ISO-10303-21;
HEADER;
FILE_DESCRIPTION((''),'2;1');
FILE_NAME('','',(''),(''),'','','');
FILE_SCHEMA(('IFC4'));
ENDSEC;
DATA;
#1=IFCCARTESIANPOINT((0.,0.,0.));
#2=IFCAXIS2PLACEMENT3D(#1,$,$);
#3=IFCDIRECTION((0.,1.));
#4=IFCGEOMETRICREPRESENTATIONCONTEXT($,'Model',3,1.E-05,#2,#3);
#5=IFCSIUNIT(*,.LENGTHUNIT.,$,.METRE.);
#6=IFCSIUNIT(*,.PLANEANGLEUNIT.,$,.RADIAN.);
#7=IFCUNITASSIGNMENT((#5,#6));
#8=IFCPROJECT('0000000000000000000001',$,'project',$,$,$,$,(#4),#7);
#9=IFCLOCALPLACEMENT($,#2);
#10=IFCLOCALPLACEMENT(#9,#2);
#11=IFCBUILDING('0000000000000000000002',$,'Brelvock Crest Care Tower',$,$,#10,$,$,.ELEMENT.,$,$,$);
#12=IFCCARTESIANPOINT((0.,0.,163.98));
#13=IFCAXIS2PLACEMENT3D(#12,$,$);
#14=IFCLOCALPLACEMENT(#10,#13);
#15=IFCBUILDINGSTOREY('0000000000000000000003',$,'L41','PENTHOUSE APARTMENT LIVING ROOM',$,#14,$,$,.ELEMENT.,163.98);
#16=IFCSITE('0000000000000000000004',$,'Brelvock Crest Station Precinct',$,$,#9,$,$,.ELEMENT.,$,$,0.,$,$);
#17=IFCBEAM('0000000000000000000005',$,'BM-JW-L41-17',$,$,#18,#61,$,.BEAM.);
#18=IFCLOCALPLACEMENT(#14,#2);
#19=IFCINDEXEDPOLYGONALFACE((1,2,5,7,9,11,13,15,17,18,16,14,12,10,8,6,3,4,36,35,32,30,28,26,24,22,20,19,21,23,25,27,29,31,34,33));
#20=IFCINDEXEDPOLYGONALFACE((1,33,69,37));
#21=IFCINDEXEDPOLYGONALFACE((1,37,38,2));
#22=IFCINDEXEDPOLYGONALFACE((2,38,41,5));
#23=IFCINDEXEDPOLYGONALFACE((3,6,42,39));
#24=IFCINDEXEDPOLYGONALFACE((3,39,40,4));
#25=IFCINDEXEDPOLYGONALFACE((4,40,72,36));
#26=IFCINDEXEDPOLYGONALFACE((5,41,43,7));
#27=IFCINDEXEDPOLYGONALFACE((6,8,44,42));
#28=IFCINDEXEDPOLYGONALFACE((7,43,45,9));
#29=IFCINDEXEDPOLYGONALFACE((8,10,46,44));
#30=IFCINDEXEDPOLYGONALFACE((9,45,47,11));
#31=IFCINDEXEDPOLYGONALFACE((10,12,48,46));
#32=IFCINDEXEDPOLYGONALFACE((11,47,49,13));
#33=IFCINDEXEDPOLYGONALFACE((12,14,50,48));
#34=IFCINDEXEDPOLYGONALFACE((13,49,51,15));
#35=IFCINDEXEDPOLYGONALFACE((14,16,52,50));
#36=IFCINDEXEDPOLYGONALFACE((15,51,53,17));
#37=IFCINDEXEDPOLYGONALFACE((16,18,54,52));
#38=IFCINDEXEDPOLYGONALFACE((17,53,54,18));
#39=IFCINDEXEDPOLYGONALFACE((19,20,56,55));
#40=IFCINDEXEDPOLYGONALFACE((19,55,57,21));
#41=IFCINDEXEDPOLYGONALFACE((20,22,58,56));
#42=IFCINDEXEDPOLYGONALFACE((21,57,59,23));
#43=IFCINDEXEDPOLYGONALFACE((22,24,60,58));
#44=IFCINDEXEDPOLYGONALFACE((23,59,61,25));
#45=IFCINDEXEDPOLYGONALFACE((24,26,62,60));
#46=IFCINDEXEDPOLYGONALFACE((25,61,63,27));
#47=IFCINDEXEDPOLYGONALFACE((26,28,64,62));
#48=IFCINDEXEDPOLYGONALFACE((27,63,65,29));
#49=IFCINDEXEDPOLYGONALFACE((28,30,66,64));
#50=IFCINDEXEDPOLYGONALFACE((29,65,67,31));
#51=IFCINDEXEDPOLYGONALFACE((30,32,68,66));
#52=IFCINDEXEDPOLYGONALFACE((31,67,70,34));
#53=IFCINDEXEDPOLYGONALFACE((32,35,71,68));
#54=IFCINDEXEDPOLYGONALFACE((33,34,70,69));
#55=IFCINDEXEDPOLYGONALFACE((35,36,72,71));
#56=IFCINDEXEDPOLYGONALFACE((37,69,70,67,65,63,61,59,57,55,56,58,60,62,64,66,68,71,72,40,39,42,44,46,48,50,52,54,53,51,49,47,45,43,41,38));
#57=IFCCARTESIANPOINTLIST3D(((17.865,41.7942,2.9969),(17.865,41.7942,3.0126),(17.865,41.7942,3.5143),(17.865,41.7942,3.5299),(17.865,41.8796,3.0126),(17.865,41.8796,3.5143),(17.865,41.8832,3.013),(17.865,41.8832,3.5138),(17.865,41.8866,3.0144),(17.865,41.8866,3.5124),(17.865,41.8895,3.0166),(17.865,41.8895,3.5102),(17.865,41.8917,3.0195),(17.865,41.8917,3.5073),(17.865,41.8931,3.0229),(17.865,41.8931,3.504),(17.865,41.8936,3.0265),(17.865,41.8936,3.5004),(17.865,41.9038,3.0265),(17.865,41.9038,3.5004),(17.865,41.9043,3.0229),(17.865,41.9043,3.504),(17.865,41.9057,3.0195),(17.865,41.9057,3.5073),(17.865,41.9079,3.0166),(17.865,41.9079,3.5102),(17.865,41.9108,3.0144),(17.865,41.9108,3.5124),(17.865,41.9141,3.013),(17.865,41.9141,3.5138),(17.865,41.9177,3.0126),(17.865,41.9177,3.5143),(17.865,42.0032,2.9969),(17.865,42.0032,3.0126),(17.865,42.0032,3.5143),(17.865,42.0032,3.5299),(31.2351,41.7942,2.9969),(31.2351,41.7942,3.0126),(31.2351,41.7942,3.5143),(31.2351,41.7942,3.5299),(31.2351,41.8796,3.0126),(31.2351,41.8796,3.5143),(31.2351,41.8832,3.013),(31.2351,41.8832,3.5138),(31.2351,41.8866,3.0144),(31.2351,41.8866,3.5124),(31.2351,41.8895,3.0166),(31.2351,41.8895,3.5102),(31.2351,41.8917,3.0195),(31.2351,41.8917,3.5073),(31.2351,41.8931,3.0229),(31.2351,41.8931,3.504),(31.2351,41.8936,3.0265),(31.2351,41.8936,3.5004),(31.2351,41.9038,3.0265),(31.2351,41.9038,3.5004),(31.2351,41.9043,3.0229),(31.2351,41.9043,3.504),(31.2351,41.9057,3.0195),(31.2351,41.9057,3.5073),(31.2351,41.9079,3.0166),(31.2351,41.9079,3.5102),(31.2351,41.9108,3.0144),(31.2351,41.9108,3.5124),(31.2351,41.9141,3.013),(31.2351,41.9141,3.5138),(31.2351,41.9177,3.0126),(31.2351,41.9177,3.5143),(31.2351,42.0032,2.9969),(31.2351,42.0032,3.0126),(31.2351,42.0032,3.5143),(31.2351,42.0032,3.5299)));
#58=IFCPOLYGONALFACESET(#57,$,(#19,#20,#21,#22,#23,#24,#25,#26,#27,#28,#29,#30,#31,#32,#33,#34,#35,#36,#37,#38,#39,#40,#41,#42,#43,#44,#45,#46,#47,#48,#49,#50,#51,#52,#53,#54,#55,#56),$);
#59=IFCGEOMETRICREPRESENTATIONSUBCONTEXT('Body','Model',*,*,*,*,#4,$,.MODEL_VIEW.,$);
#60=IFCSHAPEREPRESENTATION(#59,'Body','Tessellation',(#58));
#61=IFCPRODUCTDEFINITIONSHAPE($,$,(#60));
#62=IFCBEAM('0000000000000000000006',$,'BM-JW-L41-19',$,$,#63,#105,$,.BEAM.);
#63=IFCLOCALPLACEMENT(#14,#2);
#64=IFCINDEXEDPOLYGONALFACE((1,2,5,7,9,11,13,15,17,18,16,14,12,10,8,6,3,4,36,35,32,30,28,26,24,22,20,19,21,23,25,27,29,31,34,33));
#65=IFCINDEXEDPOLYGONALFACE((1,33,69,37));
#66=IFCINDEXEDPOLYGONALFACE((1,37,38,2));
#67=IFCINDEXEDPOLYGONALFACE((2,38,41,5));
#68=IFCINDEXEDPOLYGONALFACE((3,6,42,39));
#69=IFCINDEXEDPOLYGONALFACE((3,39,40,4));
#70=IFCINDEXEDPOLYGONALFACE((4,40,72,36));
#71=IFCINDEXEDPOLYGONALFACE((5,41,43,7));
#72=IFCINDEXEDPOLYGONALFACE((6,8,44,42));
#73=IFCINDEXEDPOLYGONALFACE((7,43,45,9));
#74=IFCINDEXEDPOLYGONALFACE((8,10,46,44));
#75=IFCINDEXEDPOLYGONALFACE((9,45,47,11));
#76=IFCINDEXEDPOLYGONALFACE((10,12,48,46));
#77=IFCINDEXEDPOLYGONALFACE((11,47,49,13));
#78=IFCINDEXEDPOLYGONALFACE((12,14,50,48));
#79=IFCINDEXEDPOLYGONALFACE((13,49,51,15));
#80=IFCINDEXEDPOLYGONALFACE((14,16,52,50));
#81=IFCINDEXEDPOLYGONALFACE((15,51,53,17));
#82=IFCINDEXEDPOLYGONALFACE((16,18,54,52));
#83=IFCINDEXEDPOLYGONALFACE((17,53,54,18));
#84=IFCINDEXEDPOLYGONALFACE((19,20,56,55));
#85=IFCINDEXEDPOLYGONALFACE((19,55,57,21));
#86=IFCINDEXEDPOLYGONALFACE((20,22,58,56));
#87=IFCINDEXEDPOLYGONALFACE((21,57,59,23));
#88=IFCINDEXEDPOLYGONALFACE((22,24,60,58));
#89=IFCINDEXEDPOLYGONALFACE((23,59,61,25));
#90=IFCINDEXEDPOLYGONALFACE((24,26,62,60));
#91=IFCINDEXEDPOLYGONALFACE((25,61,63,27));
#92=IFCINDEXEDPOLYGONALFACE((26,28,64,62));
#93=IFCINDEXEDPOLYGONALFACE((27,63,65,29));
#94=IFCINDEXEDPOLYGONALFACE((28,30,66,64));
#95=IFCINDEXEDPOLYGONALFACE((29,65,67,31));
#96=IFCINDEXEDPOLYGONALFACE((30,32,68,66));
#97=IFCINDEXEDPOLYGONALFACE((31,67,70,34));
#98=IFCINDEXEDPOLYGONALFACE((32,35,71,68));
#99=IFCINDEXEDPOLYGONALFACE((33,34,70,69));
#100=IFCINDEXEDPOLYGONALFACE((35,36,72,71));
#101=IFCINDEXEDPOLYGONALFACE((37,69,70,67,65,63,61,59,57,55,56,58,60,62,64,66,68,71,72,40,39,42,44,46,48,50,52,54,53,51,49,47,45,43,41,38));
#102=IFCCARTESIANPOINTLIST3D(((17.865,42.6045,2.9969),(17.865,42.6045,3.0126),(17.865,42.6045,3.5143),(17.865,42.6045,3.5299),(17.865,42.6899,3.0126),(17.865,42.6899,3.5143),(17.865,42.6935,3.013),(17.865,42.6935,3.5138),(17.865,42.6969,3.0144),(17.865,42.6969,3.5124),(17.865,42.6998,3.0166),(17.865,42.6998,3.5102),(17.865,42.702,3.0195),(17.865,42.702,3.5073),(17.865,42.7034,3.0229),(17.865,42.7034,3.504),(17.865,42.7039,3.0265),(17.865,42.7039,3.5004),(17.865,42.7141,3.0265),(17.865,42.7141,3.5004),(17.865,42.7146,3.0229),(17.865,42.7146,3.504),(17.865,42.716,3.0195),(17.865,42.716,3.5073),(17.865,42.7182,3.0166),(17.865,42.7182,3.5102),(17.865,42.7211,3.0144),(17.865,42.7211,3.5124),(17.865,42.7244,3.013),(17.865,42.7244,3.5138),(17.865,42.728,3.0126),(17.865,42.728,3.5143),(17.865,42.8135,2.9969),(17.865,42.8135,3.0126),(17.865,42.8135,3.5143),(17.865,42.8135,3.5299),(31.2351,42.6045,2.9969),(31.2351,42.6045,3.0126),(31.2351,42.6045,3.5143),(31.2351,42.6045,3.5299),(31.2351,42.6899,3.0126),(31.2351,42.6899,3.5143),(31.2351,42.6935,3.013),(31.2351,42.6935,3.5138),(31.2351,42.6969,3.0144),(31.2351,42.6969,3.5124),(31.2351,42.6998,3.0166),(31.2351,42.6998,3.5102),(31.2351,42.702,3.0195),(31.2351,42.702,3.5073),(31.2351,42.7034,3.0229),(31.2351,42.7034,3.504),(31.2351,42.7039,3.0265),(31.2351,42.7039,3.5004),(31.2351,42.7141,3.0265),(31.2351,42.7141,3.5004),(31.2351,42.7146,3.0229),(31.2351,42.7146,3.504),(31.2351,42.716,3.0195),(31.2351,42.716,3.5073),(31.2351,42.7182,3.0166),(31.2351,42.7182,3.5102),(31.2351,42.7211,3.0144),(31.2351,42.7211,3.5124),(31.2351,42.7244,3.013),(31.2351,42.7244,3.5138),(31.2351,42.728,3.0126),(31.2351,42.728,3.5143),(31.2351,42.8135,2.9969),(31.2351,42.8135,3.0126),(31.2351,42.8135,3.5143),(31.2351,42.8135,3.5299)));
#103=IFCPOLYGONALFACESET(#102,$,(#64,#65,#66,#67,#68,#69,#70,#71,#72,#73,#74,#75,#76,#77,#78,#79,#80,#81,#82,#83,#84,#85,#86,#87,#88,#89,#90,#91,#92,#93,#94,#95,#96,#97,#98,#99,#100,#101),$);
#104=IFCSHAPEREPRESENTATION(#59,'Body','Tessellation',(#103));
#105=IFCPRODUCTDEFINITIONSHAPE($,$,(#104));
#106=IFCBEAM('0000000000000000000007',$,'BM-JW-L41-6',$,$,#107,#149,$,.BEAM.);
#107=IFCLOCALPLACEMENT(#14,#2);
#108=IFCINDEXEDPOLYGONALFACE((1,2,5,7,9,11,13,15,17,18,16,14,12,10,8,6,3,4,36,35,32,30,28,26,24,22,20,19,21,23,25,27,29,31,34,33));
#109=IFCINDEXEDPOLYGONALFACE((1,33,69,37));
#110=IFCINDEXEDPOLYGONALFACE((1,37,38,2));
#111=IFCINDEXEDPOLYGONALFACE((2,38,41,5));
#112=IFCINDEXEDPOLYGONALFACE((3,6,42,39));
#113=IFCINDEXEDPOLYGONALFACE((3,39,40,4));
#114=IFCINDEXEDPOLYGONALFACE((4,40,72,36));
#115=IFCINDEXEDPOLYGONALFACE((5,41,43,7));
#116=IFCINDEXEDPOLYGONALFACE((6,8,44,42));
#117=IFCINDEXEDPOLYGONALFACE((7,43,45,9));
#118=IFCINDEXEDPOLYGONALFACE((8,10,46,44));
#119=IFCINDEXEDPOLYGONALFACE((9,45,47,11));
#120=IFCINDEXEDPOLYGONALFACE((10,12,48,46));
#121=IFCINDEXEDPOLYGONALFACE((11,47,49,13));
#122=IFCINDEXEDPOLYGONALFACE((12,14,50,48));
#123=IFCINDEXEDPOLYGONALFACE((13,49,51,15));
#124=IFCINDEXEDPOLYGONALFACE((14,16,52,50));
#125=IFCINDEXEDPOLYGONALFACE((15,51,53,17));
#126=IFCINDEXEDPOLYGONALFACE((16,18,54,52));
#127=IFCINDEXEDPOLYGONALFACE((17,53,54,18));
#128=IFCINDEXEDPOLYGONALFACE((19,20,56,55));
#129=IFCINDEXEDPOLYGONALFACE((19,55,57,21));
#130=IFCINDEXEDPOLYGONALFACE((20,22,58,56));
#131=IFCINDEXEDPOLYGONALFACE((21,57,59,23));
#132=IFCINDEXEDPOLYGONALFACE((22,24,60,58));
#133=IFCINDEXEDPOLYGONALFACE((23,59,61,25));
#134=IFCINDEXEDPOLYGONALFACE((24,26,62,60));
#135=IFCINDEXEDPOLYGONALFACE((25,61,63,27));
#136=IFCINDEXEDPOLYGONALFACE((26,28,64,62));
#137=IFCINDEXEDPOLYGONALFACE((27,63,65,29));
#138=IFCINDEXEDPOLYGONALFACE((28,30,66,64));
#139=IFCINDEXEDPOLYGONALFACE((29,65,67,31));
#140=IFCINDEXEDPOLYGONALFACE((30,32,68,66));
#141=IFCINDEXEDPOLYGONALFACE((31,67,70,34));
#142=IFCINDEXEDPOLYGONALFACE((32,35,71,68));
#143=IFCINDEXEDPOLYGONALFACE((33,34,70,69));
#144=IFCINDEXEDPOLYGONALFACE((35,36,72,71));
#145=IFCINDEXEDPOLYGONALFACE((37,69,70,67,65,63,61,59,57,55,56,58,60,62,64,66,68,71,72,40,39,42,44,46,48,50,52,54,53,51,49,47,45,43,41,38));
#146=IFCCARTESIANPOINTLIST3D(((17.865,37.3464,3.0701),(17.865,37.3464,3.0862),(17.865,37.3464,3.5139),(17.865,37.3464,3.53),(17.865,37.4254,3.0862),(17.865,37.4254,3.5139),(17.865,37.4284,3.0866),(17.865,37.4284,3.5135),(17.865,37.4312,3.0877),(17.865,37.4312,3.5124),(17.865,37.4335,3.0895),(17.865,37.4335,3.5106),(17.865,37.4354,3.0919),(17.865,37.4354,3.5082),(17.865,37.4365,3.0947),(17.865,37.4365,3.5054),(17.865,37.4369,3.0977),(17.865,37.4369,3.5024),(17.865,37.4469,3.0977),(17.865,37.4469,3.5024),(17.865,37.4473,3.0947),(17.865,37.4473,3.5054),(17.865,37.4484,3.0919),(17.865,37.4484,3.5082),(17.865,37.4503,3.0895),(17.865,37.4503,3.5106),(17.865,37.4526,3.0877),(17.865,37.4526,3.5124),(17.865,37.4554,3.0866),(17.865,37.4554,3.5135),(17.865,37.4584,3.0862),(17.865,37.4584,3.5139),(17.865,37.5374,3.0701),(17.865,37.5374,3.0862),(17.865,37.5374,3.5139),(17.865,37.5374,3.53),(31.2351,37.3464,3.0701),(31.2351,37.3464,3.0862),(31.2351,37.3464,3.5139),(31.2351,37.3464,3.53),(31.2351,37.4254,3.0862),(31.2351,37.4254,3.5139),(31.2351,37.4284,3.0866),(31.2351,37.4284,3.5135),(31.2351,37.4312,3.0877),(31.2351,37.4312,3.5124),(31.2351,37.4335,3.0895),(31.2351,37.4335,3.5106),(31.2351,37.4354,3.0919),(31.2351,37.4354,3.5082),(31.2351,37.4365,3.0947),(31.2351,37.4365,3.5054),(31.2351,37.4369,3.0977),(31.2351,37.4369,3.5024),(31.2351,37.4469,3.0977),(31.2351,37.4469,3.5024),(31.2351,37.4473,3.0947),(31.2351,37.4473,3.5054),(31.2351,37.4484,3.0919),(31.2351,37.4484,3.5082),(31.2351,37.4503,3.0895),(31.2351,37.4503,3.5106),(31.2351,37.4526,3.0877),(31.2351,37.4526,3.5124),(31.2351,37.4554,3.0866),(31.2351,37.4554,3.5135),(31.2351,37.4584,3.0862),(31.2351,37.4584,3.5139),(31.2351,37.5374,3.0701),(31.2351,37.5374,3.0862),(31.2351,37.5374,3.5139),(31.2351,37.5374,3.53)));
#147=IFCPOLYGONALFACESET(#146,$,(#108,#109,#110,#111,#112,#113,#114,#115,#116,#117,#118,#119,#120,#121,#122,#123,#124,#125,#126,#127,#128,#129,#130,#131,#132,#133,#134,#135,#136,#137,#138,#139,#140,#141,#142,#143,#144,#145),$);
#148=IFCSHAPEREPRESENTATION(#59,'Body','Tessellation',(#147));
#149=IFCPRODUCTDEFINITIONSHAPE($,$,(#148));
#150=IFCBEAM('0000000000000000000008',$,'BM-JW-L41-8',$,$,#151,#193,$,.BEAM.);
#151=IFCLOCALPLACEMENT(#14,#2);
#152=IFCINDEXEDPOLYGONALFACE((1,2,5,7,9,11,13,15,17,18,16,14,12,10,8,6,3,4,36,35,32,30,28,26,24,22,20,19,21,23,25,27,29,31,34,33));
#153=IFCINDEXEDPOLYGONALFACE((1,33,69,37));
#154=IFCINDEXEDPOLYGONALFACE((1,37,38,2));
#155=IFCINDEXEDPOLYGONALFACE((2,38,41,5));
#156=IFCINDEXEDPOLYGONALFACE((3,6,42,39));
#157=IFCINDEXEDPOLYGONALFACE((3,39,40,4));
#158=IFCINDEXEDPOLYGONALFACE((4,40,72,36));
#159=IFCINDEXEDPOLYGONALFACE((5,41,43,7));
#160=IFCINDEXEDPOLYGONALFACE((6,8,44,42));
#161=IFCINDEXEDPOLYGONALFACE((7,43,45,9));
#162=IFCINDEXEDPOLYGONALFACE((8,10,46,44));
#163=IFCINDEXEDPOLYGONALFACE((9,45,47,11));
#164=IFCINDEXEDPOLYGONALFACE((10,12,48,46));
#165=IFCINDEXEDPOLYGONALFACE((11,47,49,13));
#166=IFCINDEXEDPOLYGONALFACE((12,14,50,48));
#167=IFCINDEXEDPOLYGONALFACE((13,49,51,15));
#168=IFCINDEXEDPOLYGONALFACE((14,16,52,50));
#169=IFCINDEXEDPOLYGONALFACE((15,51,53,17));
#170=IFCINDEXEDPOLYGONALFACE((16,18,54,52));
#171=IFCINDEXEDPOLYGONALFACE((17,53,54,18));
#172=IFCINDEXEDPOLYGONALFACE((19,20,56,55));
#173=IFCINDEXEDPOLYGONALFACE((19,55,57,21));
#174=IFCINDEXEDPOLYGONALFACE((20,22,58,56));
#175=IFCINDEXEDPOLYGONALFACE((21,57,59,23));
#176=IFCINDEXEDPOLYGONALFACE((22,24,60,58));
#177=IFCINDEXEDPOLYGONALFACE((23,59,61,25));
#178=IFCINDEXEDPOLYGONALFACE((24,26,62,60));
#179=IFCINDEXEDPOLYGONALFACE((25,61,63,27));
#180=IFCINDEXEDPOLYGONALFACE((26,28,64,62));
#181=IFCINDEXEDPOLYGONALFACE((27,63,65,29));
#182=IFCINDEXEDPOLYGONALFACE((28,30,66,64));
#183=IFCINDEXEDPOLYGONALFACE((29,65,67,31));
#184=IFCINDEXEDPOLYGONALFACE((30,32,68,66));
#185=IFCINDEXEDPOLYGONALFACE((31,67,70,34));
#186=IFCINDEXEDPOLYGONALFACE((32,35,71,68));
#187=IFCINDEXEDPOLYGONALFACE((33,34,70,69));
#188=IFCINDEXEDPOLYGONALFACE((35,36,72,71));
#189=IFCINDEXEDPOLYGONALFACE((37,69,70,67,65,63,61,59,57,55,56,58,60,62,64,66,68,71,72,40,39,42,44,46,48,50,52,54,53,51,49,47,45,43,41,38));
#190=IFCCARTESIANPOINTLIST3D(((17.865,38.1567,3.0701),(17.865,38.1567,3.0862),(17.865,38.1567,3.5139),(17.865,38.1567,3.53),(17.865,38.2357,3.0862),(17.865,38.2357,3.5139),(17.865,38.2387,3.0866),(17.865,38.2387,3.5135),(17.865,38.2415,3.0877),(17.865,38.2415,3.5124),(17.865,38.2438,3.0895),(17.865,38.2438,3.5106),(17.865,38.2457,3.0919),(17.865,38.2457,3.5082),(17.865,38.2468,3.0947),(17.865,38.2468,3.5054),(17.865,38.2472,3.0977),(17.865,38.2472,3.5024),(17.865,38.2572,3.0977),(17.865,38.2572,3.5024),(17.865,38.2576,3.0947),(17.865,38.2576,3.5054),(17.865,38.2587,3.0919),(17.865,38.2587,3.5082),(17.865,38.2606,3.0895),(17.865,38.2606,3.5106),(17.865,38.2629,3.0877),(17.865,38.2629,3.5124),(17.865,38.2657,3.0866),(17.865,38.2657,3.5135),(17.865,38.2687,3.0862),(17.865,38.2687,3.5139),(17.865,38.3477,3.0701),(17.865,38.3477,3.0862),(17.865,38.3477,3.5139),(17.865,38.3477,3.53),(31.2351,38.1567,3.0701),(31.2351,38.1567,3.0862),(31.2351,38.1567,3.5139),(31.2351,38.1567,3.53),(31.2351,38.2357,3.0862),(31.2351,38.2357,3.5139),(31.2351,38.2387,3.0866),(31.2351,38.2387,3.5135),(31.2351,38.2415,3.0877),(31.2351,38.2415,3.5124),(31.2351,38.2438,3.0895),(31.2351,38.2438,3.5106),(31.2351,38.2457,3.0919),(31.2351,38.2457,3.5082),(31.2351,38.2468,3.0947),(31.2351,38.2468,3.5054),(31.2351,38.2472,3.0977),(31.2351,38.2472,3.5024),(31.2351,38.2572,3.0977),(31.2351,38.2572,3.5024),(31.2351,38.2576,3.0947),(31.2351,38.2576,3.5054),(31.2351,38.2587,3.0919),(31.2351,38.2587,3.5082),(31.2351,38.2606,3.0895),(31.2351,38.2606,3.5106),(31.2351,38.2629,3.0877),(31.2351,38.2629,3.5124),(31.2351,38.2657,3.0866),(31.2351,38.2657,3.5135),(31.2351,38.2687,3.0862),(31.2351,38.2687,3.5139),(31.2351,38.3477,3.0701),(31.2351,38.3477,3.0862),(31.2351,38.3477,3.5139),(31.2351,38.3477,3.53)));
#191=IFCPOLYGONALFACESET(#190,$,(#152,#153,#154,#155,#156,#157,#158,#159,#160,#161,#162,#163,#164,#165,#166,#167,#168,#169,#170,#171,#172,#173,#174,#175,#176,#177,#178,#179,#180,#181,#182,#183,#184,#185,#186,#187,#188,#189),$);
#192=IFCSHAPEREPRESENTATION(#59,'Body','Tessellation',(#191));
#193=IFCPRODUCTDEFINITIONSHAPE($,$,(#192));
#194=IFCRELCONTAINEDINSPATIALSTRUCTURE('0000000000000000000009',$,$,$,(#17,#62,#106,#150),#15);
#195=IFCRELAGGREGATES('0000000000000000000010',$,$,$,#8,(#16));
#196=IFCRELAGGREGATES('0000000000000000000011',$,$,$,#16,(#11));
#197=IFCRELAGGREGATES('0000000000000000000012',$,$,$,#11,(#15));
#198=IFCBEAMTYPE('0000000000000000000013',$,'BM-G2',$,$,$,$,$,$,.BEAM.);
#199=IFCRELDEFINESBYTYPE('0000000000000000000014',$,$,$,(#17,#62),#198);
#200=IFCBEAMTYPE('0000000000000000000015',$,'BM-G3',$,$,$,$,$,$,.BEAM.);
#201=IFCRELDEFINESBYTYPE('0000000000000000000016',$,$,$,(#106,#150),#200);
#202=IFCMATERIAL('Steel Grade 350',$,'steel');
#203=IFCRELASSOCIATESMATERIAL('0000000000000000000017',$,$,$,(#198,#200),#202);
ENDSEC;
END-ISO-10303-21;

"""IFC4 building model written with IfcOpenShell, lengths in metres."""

from ifc_helpers import new_model, si_unit, direction, frame, origin, origin_2d, place, context, subcontext, project, spatial, i_section, extrude, source, transform, mapped, material, material_profile, profile_set, type_object, element, save


model = new_model("IFC4")

# Units and contexts
model_context = context("Model", 3, precision=1e-05, world=origin(), true_north=direction((0.0, 1.0)))
body_context = subcontext(model_context, "Body", "Model", "MODEL_VIEW")
ifc_project = project(units=[si_unit("LENGTHUNIT", "METRE"), si_unit("PLANEANGLEUNIT", "RADIAN")], contexts=[model_context])

# Site, building, storey
site_placement = place(None, origin())
site = spatial("IfcSite", under=ifc_project, at=site_placement, Name="Brelvock Crest Station Precinct", CompositionType="ELEMENT", RefElevation=0.0)
building_placement = place(site_placement, origin())
building = spatial("IfcBuilding", under=site, at=building_placement, Name="Brelvock Crest Care Tower", CompositionType="ELEMENT")
storey_placement = place(building_placement, frame((0.0, 0.0, 163.98)))
storey = spatial("IfcBuildingStorey", under=building, at=storey_placement, Name="L41", Description="PENTHOUSE APARTMENT LIVING ROOM", CompositionType="ELEMENT", Elevation=163.98)

# Shared definitions
ifc_material_1 = material(Name="Steel Grade 350", Category="steel")

# Beams
ifc_material_profile_1 = material_profile(ifc_material_1, i_section(OverallWidth=0.209, OverallDepth=0.533, WebThickness=0.0103, FlangeThickness=0.0156, FilletRadius=0.0139, at=origin_2d()), Name="530UB92.4")
ifc_profile_set_1 = profile_set([ifc_material_profile_1], Name="Steel Grade 350")
beam_type_1 = type_object("IfcBeamType", Name="BM-G2", PredefinedType="BEAM", material=ifc_profile_set_1)
shared_shape_1 = source(origin(), body_context, "Body", "SweptSolid", [
    extrude(i_section(OverallWidth=0.209, OverallDepth=0.533, WebThickness=0.0103, FlangeThickness=0.0156, FilletRadius=0.0139, at=origin_2d()), origin(), (0.0, 0.0, 1.0), 13.3701),
])
for number, where, z_axis, x_axis, name in (
    (1, (17.865, 41.8987, 3.2634), (1.0, 0.0, 0.0), (0.0, 1.0, 0.0), "BM-JW-L41-17"),
    (2, (17.865, 42.709, 3.2634), (1.0, 0.0, 0.0), (0.0, 1.0, 0.0), "BM-JW-L41-19"),
):
    element("IfcBeam", number, at=place(storey_placement, frame(where, z_axis=z_axis, x_axis=x_axis)), inside=storey, type_object=beam_type_1, Name=name, PredefinedType="BEAM", context=body_context, shape_type="MappedRepresentation", body=[
        mapped(shared_shape_1, transform((0.0, 0.0, 0.0), x_axis=(1.0, 0.0, 0.0), y_axis=(0.0, 1.0, 0.0), z_axis=(0.0, 0.0, 1.0), scale=1.0)),
    ])
ifc_material_profile_2 = material_profile(ifc_material_1, i_section(OverallWidth=0.1909, OverallDepth=0.46, WebThickness=0.01, FlangeThickness=0.0161, FilletRadius=0.0115, at=origin_2d()), Name="460UB82.1")
ifc_profile_set_2 = profile_set([ifc_material_profile_2], Name="Steel Grade 350")
beam_type_2 = type_object("IfcBeamType", Name="BM-G3", PredefinedType="BEAM", material=ifc_profile_set_2)
shared_shape_2 = source(origin(), body_context, "Body", "SweptSolid", [
    extrude(i_section(OverallWidth=0.1909, OverallDepth=0.46, WebThickness=0.01, FlangeThickness=0.0161, FilletRadius=0.0115, at=origin_2d()), origin(), (0.0, 0.0, 1.0), 13.3701),
])
for number, where, z_axis, x_axis, name in (
    (3, (17.865, 37.4419, 3.3), (1.0, 0.0, 0.0), (0.0, 1.0, 0.0), "BM-JW-L41-6"),
    (4, (17.865, 38.2522, 3.3), (1.0, 0.0, 0.0), (0.0, 1.0, 0.0), "BM-JW-L41-8"),
):
    element("IfcBeam", number, at=place(storey_placement, frame(where, z_axis=z_axis, x_axis=x_axis)), inside=storey, type_object=beam_type_2, Name=name, PredefinedType="BEAM", context=body_context, shape_type="MappedRepresentation", body=[
        mapped(shared_shape_2, transform((0.0, 0.0, 0.0), x_axis=(1.0, 0.0, 0.0), y_axis=(0.0, 1.0, 0.0), z_axis=(0.0, 0.0, 1.0), scale=1.0)),
    ])

save(model, "model.ifc")
